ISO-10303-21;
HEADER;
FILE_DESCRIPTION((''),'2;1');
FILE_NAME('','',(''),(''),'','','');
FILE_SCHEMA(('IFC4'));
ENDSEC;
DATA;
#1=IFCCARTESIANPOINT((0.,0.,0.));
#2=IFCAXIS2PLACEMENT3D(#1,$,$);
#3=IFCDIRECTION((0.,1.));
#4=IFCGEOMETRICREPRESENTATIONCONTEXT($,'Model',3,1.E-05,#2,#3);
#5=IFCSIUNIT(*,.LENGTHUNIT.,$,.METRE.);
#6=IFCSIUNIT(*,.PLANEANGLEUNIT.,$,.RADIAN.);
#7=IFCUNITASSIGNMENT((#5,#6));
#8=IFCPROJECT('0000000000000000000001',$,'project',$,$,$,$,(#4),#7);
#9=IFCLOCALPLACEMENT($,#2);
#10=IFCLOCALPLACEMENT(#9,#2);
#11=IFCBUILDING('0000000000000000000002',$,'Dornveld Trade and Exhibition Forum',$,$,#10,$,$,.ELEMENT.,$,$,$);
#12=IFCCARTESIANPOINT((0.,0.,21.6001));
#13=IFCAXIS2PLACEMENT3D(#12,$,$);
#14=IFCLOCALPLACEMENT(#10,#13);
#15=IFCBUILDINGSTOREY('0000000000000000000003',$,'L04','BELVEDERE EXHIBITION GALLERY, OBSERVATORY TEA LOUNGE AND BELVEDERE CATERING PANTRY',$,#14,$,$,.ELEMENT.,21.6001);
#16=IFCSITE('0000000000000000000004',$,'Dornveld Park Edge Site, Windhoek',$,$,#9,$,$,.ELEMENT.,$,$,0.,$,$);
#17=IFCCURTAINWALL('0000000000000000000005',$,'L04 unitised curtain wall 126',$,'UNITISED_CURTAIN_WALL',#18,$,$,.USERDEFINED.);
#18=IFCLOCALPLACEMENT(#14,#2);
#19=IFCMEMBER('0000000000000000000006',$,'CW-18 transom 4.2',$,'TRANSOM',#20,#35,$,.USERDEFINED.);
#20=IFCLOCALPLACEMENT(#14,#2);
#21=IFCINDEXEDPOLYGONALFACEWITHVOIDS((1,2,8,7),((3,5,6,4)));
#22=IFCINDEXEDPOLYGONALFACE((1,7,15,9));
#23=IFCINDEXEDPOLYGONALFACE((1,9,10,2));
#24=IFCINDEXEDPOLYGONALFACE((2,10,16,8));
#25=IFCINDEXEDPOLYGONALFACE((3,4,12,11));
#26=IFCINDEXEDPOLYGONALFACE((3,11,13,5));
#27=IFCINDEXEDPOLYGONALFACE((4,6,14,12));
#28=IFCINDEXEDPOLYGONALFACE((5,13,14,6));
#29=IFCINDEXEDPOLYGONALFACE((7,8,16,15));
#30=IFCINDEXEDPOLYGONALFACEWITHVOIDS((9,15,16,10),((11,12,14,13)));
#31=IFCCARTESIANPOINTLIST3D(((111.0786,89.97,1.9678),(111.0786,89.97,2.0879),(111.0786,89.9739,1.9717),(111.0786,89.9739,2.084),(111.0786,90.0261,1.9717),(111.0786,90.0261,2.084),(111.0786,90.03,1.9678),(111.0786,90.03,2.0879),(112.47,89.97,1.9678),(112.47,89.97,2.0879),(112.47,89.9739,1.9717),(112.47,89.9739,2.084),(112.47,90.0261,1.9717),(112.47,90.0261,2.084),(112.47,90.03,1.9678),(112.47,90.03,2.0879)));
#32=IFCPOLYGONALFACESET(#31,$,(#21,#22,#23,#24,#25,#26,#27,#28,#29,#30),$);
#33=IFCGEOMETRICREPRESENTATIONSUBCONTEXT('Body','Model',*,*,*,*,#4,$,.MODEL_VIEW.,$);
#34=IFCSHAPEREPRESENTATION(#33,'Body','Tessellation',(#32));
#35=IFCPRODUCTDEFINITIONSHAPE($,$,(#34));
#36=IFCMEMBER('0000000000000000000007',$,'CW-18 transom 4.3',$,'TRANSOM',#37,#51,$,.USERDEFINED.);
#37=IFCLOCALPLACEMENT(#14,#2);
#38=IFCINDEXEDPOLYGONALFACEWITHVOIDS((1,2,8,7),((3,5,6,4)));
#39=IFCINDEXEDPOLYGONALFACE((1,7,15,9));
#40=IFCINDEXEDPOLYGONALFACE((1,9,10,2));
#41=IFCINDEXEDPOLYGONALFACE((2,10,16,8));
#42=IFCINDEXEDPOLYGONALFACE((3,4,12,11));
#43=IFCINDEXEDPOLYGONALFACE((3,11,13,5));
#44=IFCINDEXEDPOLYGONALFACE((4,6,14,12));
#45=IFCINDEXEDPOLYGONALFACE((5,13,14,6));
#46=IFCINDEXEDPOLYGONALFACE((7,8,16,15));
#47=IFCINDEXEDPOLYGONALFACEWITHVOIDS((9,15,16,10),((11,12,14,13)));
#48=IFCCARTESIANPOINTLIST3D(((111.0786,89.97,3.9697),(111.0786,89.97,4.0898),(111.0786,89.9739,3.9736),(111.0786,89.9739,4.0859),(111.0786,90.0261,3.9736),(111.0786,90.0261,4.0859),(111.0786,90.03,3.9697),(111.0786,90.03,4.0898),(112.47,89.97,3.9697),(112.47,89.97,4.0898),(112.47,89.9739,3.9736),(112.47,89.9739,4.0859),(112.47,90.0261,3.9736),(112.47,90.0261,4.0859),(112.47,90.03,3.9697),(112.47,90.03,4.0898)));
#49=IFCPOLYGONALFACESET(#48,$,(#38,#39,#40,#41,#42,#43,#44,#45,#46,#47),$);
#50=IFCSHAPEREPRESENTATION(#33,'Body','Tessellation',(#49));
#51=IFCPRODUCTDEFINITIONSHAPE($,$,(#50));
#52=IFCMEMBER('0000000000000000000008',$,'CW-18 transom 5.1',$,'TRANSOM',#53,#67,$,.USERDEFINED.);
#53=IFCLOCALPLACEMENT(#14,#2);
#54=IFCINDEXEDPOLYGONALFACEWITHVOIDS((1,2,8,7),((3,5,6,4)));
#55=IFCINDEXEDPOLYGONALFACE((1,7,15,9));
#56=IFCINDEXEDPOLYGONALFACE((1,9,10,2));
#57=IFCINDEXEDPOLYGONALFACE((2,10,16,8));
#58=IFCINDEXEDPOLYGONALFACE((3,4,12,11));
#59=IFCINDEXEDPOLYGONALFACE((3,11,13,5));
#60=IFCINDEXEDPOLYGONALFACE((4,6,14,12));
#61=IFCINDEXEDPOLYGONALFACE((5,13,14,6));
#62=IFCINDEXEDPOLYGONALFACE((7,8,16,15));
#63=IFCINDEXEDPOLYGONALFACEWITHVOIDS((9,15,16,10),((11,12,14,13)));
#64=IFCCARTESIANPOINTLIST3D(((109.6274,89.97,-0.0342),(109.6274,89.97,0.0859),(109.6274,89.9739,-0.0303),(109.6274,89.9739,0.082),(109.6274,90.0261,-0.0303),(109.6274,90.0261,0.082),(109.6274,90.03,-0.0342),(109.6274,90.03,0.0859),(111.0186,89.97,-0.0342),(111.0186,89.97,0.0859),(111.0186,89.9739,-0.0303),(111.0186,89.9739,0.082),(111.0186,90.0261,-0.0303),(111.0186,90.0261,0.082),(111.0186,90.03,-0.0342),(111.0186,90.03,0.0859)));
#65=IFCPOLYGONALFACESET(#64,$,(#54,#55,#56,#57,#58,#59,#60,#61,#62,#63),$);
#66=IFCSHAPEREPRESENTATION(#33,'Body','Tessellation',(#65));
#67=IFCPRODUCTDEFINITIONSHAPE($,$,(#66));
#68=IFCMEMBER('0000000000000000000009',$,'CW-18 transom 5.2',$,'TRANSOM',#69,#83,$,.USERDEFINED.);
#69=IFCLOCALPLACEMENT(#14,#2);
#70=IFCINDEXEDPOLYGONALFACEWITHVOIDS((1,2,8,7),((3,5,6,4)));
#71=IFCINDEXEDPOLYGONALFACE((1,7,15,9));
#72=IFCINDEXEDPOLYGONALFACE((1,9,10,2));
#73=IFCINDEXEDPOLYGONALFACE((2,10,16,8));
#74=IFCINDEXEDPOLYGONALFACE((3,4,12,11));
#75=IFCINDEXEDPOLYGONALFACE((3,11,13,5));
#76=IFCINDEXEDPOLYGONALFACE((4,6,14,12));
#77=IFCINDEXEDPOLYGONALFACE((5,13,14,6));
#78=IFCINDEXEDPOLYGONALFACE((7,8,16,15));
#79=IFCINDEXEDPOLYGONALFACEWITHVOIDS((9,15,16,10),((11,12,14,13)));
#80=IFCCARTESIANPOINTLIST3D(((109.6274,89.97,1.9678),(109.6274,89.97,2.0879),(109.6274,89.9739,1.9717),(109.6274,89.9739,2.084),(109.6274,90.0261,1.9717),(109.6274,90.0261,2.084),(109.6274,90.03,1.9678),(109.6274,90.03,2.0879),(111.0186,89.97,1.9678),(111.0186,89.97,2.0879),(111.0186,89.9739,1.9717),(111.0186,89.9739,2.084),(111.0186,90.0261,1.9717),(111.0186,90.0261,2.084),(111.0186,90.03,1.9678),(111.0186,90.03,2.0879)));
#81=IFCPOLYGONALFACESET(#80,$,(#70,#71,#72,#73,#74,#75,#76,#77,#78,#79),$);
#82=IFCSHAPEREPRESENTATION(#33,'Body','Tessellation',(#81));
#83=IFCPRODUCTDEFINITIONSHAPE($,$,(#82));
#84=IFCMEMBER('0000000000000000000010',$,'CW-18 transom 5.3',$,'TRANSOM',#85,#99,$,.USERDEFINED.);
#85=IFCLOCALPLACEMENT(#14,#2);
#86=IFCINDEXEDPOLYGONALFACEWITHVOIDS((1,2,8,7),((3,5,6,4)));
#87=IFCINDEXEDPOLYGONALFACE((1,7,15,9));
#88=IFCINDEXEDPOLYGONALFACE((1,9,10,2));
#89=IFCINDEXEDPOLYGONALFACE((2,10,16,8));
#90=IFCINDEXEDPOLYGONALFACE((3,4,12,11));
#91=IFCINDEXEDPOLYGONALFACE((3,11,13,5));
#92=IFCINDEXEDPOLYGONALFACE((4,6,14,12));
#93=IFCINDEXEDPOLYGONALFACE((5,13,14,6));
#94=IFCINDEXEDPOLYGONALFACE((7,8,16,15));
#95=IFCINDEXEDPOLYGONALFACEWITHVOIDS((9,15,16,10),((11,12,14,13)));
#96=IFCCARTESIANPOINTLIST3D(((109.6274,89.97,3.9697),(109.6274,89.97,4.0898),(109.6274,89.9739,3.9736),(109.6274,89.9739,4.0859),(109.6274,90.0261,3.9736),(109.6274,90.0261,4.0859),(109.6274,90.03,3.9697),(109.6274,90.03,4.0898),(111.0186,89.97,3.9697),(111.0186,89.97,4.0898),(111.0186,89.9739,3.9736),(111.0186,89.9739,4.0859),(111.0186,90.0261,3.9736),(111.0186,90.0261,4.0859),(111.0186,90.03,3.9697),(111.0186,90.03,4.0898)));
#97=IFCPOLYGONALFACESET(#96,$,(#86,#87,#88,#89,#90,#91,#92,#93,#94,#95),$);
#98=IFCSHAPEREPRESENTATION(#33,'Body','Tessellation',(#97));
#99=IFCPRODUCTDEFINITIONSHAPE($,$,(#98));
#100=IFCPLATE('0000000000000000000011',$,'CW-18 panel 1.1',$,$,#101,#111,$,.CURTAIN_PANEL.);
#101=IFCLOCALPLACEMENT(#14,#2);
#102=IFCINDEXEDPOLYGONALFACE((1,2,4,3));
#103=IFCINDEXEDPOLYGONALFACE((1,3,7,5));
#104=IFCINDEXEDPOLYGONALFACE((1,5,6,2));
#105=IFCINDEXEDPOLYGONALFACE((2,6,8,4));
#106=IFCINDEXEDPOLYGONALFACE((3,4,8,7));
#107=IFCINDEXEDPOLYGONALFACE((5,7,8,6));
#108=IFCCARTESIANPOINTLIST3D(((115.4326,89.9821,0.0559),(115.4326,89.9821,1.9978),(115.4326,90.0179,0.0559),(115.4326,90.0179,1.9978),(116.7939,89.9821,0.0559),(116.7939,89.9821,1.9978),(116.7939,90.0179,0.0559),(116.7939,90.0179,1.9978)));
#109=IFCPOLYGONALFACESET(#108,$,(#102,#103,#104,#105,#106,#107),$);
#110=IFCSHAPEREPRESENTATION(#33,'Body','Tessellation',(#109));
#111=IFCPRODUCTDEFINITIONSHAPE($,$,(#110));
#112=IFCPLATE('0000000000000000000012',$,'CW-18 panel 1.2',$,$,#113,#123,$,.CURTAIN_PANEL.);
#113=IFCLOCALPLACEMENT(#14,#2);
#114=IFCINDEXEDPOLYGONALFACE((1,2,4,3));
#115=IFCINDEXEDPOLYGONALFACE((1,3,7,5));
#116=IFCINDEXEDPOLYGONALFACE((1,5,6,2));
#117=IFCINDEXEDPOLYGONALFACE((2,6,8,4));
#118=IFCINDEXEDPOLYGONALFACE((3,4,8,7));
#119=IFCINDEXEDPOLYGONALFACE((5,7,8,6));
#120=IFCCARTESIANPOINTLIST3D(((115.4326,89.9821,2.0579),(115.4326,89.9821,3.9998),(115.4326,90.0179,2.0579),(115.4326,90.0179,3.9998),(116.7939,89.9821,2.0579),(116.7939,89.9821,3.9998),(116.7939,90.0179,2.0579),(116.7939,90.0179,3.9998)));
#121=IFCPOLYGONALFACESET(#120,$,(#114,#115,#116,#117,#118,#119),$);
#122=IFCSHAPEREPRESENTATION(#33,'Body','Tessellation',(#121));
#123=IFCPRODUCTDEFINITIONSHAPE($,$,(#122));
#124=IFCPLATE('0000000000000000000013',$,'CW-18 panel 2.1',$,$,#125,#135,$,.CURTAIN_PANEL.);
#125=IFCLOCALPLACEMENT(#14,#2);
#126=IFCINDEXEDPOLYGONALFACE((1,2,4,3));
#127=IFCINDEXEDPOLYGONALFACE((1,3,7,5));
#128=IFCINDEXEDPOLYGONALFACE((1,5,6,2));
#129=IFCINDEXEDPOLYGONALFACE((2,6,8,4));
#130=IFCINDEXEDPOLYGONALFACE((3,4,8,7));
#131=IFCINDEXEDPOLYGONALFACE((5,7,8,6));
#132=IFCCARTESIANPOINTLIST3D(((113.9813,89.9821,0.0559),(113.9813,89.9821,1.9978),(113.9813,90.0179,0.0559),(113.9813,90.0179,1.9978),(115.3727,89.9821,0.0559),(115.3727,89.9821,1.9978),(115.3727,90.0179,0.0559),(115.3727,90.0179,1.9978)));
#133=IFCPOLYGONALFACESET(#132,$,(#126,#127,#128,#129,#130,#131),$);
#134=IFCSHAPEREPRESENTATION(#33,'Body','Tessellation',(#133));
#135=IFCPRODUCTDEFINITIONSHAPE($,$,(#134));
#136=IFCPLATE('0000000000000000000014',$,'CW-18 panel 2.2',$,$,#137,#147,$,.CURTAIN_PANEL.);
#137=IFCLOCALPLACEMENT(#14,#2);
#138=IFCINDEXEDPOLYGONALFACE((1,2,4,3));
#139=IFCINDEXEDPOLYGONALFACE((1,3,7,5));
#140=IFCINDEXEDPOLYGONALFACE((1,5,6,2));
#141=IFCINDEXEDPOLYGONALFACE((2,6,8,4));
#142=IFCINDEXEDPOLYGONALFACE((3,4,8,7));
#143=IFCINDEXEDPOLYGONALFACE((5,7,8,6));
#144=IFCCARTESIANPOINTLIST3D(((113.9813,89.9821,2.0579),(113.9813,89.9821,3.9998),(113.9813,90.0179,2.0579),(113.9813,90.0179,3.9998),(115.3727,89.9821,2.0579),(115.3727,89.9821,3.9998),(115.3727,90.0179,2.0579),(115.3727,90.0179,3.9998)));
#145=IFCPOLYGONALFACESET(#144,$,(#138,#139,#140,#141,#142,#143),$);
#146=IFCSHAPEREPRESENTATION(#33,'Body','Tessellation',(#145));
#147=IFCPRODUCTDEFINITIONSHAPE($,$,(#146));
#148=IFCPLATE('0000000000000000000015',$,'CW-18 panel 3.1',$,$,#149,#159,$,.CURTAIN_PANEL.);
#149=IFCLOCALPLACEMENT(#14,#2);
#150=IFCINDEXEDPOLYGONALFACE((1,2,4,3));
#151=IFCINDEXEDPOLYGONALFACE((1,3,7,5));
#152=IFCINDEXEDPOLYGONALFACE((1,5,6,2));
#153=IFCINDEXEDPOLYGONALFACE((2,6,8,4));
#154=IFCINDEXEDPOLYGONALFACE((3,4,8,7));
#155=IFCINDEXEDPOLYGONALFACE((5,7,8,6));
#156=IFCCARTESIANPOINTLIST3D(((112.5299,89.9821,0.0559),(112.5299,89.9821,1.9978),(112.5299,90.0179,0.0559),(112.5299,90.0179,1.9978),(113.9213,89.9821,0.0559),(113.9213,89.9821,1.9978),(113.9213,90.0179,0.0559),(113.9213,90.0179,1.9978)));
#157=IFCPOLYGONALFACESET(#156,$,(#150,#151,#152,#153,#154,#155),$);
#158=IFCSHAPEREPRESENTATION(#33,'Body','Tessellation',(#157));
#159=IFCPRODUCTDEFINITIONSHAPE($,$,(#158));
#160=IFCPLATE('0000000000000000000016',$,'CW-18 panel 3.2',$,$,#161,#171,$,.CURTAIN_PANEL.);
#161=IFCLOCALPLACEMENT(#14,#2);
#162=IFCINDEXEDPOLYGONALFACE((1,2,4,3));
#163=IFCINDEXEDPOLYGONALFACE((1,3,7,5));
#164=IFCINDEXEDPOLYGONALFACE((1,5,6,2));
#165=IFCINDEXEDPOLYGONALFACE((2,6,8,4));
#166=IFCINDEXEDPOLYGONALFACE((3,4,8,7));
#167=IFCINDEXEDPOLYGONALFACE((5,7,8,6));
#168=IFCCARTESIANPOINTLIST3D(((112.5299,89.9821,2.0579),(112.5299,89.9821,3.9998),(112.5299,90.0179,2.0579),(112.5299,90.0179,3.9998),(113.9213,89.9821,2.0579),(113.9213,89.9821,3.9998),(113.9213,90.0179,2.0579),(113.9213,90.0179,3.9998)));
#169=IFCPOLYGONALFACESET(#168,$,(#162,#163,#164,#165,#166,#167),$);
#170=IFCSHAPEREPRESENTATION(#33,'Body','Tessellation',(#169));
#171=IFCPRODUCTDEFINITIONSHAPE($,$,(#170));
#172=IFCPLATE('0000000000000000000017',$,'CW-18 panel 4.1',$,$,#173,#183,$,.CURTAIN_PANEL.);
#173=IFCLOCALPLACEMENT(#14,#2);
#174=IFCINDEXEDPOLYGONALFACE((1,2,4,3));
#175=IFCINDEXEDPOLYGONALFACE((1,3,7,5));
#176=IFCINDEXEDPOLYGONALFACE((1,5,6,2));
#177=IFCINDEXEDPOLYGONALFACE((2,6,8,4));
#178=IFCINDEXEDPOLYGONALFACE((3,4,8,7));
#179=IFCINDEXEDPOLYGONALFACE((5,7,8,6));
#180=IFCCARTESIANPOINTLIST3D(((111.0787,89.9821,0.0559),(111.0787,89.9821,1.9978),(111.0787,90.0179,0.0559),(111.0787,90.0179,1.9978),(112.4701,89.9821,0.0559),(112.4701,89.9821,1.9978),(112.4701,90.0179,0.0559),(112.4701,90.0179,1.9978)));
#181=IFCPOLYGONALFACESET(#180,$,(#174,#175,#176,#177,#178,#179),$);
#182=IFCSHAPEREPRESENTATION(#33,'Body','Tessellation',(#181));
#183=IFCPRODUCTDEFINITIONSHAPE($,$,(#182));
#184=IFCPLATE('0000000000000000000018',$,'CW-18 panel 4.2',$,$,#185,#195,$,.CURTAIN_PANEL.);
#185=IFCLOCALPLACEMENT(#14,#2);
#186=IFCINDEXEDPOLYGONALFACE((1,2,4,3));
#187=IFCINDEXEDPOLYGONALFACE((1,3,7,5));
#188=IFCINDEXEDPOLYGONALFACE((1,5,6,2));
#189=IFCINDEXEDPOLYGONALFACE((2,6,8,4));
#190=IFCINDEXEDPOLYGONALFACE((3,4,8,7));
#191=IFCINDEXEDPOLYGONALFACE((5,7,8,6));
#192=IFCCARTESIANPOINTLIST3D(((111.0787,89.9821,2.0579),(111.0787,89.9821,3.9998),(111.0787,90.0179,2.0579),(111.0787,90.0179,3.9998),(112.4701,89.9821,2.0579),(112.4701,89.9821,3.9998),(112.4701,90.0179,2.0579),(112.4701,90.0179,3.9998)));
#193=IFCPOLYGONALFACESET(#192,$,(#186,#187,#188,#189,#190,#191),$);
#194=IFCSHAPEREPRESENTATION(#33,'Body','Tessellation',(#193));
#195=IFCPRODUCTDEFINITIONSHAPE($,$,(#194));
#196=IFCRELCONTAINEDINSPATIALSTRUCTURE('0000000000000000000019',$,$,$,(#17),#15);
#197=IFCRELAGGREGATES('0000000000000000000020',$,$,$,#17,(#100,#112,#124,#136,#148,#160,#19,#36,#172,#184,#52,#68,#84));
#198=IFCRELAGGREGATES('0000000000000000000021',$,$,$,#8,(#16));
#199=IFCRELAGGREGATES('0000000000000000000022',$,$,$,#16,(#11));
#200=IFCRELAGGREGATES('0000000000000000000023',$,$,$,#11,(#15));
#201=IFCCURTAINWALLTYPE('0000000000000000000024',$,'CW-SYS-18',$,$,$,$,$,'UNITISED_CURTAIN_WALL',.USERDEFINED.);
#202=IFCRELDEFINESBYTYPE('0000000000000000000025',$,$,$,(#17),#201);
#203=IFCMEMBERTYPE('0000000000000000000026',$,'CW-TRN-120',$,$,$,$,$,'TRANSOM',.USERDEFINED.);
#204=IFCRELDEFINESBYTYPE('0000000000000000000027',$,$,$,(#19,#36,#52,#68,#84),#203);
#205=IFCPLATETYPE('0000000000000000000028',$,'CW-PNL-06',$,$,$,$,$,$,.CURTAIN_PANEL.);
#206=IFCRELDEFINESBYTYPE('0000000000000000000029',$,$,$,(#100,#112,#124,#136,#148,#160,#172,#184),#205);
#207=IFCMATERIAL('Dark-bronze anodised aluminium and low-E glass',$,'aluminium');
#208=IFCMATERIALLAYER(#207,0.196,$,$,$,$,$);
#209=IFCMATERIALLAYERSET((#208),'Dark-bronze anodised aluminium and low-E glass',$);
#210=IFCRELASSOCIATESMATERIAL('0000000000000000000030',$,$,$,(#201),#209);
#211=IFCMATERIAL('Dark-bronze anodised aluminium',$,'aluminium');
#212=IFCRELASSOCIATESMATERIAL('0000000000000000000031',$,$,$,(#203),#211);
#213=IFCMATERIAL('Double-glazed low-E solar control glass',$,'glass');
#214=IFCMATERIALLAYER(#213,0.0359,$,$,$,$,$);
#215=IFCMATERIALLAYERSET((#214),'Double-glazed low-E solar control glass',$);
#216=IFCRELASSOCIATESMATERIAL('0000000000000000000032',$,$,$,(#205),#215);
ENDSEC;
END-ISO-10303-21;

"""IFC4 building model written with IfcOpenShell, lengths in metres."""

from ifc_helpers import new_model, si_unit, direction, frame, origin, origin_2d, place, context, subcontext, project, spatial, rectangle, hollow_rectangle, extrude, material, layer, layer_set, material_profile, profile_set, type_object, element, aggregate, save


model = new_model("IFC4")

# Units and contexts
model_context = context("Model", 3, precision=1e-05, world=origin(), true_north=direction((0.0, 1.0)))
body_context = subcontext(model_context, "Body", "Model", "MODEL_VIEW")
ifc_project = project(units=[si_unit("LENGTHUNIT", "METRE"), si_unit("PLANEANGLEUNIT", "RADIAN")], contexts=[model_context])

# Site, building, storey
site_placement = place(None, origin())
site = spatial("IfcSite", under=ifc_project, at=site_placement, Name="Dornveld Park Edge Site, Windhoek", CompositionType="ELEMENT", RefElevation=0.0)
building_placement = place(site_placement, origin())
building = spatial("IfcBuilding", under=site, at=building_placement, Name="Dornveld Trade and Exhibition Forum", CompositionType="ELEMENT")
storey_placement = place(building_placement, frame((0.0, 0.0, 21.6001)))
storey = spatial("IfcBuildingStorey", under=building, at=storey_placement, Name="L04", Description="BELVEDERE EXHIBITION GALLERY, OBSERVATORY TEA LOUNGE AND BELVEDERE CATERING PANTRY", CompositionType="ELEMENT", Elevation=21.6001)

# Curtain wall, members, plates
ifc_material_1 = material(Name="Dark-bronze anodised aluminium and low-E glass", Category="aluminium")
ifc_layer_1 = layer(ifc_material_1, 0.196)
ifc_layer_set_1 = layer_set([ifc_layer_1], Name="Dark-bronze anodised aluminium and low-E glass")
curtain_wall_type = type_object("IfcCurtainWallType", Name="CW-SYS-18", ElementType="UNITISED_CURTAIN_WALL", PredefinedType="USERDEFINED", material=ifc_layer_set_1)
curtain_wall_placement = place(storey_placement, origin())
curtain_wall = element("IfcCurtainWall", 1, at=curtain_wall_placement, inside=storey, type_object=curtain_wall_type, Name="L04 unitised curtain wall 126", ObjectType="UNITISED_CURTAIN_WALL", PredefinedType="USERDEFINED")
ifc_material_2 = material(Name="Dark-bronze anodised aluminium", Category="aluminium")
ifc_material_profile_1 = material_profile(ifc_material_2, hollow_rectangle(XDim=0.0601, YDim=0.1201, WallThickness=0.0039, at=origin_2d()), Name="RHS 120x60x4")
ifc_profile_set_1 = profile_set([ifc_material_profile_1], Name="Dark-bronze anodised aluminium")
member_type_1 = type_object("IfcMemberType", Name="CW-TRN-120", ElementType="TRANSOM", PredefinedType="USERDEFINED", material=ifc_profile_set_1)
member_1_placement = place(storey_placement, frame((112.47, 90.0, 2.0278), z_axis=(-1.0, 0.0, 0.0), x_axis=(0.0, -1.0, 0.0)))
member_1 = element("IfcMember", 2, at=member_1_placement, type_object=member_type_1, Name="CW-18 transom 4.2", ObjectType="TRANSOM", PredefinedType="USERDEFINED", context=body_context, shape_type="SweptSolid", body=[
    extrude(hollow_rectangle(XDim=0.0601, YDim=0.1201, WallThickness=0.0039, at=origin_2d()), origin(), (0.0, 0.0, 1.0), 1.3914),
])
member_2_placement = place(storey_placement, frame((112.47, 90.0, 4.0298), z_axis=(-1.0, 0.0, 0.0), x_axis=(0.0, -1.0, 0.0)))
member_2 = element("IfcMember", 3, at=member_2_placement, type_object=member_type_1, Name="CW-18 transom 4.3", ObjectType="TRANSOM", PredefinedType="USERDEFINED", context=body_context, shape_type="SweptSolid", body=[
    extrude(hollow_rectangle(XDim=0.0601, YDim=0.1201, WallThickness=0.0039, at=origin_2d()), origin(), (0.0, 0.0, 1.0), 1.3914),
])
member_3_placement = place(storey_placement, frame((111.0186, 90.0, 0.0259), z_axis=(-1.0, 0.0, 0.0), x_axis=(0.0, -1.0, 0.0)))
member_3 = element("IfcMember", 4, at=member_3_placement, type_object=member_type_1, Name="CW-18 transom 5.1", ObjectType="TRANSOM", PredefinedType="USERDEFINED", context=body_context, shape_type="SweptSolid", body=[
    extrude(hollow_rectangle(XDim=0.0601, YDim=0.1201, WallThickness=0.0039, at=origin_2d()), origin(), (0.0, 0.0, 1.0), 1.3911),
])
member_4_placement = place(storey_placement, frame((111.0186, 90.0, 2.0278), z_axis=(-1.0, 0.0, 0.0), x_axis=(0.0, -1.0, 0.0)))
member_4 = element("IfcMember", 5, at=member_4_placement, type_object=member_type_1, Name="CW-18 transom 5.2", ObjectType="TRANSOM", PredefinedType="USERDEFINED", context=body_context, shape_type="SweptSolid", body=[
    extrude(hollow_rectangle(XDim=0.0601, YDim=0.1201, WallThickness=0.0039, at=origin_2d()), origin(), (0.0, 0.0, 1.0), 1.3911),
])
member_5_placement = place(storey_placement, frame((111.0186, 90.0, 4.0298), z_axis=(-1.0, 0.0, 0.0), x_axis=(0.0, -1.0, 0.0)))
member_5 = element("IfcMember", 6, at=member_5_placement, type_object=member_type_1, Name="CW-18 transom 5.3", ObjectType="TRANSOM", PredefinedType="USERDEFINED", context=body_context, shape_type="SweptSolid", body=[
    extrude(hollow_rectangle(XDim=0.0601, YDim=0.1201, WallThickness=0.0039, at=origin_2d()), origin(), (0.0, 0.0, 1.0), 1.3911),
])
ifc_material_3 = material(Name="Double-glazed low-E solar control glass", Category="glass")
ifc_layer_2 = layer(ifc_material_3, 0.0359)
ifc_layer_set_2 = layer_set([ifc_layer_2], Name="Double-glazed low-E solar control glass")
plate_type = type_object("IfcPlateType", Name="CW-PNL-06", PredefinedType="CURTAIN_PANEL", material=ifc_layer_set_2)
plate_1_placement = place(storey_placement, frame((116.1133, 90.0, 0.0559), z_axis=(0.0, 0.0, 1.0), x_axis=(-1.0, 0.0, 0.0)))
plate_1 = element("IfcPlate", 7, at=plate_1_placement, type_object=plate_type, Name="CW-18 panel 1.1", PredefinedType="CURTAIN_PANEL", context=body_context, shape_type="SweptSolid", body=[
    extrude(rectangle(XDim=1.3613, YDim=0.0359, at=origin_2d()), origin(), (0.0, 0.0, 1.0), 1.9419),
])
plate_2_placement = place(storey_placement, frame((116.1133, 90.0, 2.0579), z_axis=(0.0, 0.0, 1.0), x_axis=(-1.0, 0.0, 0.0)))
plate_2 = element("IfcPlate", 8, at=plate_2_placement, type_object=plate_type, Name="CW-18 panel 1.2", PredefinedType="CURTAIN_PANEL", context=body_context, shape_type="SweptSolid", body=[
    extrude(rectangle(XDim=1.3613, YDim=0.0359, at=origin_2d()), origin(), (0.0, 0.0, 1.0), 1.9419),
])
plate_3_placement = place(storey_placement, frame((114.677, 90.0, 0.0559), z_axis=(0.0, 0.0, 1.0), x_axis=(-1.0, 0.0, 0.0)))
plate_3 = element("IfcPlate", 9, at=plate_3_placement, type_object=plate_type, Name="CW-18 panel 2.1", PredefinedType="CURTAIN_PANEL", context=body_context, shape_type="SweptSolid", body=[
    extrude(rectangle(XDim=1.3914, YDim=0.0359, at=origin_2d()), origin(), (0.0, 0.0, 1.0), 1.9419),
])
plate_4_placement = place(storey_placement, frame((114.677, 90.0, 2.0579), z_axis=(0.0, 0.0, 1.0), x_axis=(-1.0, 0.0, 0.0)))
plate_4 = element("IfcPlate", 10, at=plate_4_placement, type_object=plate_type, Name="CW-18 panel 2.2", PredefinedType="CURTAIN_PANEL", context=body_context, shape_type="SweptSolid", body=[
    extrude(rectangle(XDim=1.3914, YDim=0.0359, at=origin_2d()), origin(), (0.0, 0.0, 1.0), 1.9419),
])
plate_5_placement = place(storey_placement, frame((113.2256, 90.0, 0.0559), z_axis=(0.0, 0.0, 1.0), x_axis=(-1.0, 0.0, 0.0)))
plate_5 = element("IfcPlate", 11, at=plate_5_placement, type_object=plate_type, Name="CW-18 panel 3.1", PredefinedType="CURTAIN_PANEL", context=body_context, shape_type="SweptSolid", body=[
    extrude(rectangle(XDim=1.3914, YDim=0.0359, at=origin_2d()), origin(), (0.0, 0.0, 1.0), 1.9419),
])
plate_6_placement = place(storey_placement, frame((113.2256, 90.0, 2.0579), z_axis=(0.0, 0.0, 1.0), x_axis=(-1.0, 0.0, 0.0)))
plate_6 = element("IfcPlate", 12, at=plate_6_placement, type_object=plate_type, Name="CW-18 panel 3.2", PredefinedType="CURTAIN_PANEL", context=body_context, shape_type="SweptSolid", body=[
    extrude(rectangle(XDim=1.3914, YDim=0.0359, at=origin_2d()), origin(), (0.0, 0.0, 1.0), 1.9419),
])
plate_7_placement = place(storey_placement, frame((111.7744, 90.0, 0.0559), z_axis=(0.0, 0.0, 1.0), x_axis=(-1.0, 0.0, 0.0)))
plate_7 = element("IfcPlate", 13, at=plate_7_placement, type_object=plate_type, Name="CW-18 panel 4.1", PredefinedType="CURTAIN_PANEL", context=body_context, shape_type="SweptSolid", body=[
    extrude(rectangle(XDim=1.3914, YDim=0.0359, at=origin_2d()), origin(), (0.0, 0.0, 1.0), 1.9419),
])
plate_8_placement = place(storey_placement, frame((111.7744, 90.0, 2.0579), z_axis=(0.0, 0.0, 1.0), x_axis=(-1.0, 0.0, 0.0)))
plate_8 = element("IfcPlate", 14, at=plate_8_placement, type_object=plate_type, Name="CW-18 panel 4.2", PredefinedType="CURTAIN_PANEL", context=body_context, shape_type="SweptSolid", body=[
    extrude(rectangle(XDim=1.3914, YDim=0.0359, at=origin_2d()), origin(), (0.0, 0.0, 1.0), 1.9419),
])
aggregate(curtain_wall, [plate_1, plate_2, plate_3, plate_4, plate_5, plate_6, member_1, member_2, plate_7, plate_8, member_3, member_4, member_5])

save(model, "model.ifc")
